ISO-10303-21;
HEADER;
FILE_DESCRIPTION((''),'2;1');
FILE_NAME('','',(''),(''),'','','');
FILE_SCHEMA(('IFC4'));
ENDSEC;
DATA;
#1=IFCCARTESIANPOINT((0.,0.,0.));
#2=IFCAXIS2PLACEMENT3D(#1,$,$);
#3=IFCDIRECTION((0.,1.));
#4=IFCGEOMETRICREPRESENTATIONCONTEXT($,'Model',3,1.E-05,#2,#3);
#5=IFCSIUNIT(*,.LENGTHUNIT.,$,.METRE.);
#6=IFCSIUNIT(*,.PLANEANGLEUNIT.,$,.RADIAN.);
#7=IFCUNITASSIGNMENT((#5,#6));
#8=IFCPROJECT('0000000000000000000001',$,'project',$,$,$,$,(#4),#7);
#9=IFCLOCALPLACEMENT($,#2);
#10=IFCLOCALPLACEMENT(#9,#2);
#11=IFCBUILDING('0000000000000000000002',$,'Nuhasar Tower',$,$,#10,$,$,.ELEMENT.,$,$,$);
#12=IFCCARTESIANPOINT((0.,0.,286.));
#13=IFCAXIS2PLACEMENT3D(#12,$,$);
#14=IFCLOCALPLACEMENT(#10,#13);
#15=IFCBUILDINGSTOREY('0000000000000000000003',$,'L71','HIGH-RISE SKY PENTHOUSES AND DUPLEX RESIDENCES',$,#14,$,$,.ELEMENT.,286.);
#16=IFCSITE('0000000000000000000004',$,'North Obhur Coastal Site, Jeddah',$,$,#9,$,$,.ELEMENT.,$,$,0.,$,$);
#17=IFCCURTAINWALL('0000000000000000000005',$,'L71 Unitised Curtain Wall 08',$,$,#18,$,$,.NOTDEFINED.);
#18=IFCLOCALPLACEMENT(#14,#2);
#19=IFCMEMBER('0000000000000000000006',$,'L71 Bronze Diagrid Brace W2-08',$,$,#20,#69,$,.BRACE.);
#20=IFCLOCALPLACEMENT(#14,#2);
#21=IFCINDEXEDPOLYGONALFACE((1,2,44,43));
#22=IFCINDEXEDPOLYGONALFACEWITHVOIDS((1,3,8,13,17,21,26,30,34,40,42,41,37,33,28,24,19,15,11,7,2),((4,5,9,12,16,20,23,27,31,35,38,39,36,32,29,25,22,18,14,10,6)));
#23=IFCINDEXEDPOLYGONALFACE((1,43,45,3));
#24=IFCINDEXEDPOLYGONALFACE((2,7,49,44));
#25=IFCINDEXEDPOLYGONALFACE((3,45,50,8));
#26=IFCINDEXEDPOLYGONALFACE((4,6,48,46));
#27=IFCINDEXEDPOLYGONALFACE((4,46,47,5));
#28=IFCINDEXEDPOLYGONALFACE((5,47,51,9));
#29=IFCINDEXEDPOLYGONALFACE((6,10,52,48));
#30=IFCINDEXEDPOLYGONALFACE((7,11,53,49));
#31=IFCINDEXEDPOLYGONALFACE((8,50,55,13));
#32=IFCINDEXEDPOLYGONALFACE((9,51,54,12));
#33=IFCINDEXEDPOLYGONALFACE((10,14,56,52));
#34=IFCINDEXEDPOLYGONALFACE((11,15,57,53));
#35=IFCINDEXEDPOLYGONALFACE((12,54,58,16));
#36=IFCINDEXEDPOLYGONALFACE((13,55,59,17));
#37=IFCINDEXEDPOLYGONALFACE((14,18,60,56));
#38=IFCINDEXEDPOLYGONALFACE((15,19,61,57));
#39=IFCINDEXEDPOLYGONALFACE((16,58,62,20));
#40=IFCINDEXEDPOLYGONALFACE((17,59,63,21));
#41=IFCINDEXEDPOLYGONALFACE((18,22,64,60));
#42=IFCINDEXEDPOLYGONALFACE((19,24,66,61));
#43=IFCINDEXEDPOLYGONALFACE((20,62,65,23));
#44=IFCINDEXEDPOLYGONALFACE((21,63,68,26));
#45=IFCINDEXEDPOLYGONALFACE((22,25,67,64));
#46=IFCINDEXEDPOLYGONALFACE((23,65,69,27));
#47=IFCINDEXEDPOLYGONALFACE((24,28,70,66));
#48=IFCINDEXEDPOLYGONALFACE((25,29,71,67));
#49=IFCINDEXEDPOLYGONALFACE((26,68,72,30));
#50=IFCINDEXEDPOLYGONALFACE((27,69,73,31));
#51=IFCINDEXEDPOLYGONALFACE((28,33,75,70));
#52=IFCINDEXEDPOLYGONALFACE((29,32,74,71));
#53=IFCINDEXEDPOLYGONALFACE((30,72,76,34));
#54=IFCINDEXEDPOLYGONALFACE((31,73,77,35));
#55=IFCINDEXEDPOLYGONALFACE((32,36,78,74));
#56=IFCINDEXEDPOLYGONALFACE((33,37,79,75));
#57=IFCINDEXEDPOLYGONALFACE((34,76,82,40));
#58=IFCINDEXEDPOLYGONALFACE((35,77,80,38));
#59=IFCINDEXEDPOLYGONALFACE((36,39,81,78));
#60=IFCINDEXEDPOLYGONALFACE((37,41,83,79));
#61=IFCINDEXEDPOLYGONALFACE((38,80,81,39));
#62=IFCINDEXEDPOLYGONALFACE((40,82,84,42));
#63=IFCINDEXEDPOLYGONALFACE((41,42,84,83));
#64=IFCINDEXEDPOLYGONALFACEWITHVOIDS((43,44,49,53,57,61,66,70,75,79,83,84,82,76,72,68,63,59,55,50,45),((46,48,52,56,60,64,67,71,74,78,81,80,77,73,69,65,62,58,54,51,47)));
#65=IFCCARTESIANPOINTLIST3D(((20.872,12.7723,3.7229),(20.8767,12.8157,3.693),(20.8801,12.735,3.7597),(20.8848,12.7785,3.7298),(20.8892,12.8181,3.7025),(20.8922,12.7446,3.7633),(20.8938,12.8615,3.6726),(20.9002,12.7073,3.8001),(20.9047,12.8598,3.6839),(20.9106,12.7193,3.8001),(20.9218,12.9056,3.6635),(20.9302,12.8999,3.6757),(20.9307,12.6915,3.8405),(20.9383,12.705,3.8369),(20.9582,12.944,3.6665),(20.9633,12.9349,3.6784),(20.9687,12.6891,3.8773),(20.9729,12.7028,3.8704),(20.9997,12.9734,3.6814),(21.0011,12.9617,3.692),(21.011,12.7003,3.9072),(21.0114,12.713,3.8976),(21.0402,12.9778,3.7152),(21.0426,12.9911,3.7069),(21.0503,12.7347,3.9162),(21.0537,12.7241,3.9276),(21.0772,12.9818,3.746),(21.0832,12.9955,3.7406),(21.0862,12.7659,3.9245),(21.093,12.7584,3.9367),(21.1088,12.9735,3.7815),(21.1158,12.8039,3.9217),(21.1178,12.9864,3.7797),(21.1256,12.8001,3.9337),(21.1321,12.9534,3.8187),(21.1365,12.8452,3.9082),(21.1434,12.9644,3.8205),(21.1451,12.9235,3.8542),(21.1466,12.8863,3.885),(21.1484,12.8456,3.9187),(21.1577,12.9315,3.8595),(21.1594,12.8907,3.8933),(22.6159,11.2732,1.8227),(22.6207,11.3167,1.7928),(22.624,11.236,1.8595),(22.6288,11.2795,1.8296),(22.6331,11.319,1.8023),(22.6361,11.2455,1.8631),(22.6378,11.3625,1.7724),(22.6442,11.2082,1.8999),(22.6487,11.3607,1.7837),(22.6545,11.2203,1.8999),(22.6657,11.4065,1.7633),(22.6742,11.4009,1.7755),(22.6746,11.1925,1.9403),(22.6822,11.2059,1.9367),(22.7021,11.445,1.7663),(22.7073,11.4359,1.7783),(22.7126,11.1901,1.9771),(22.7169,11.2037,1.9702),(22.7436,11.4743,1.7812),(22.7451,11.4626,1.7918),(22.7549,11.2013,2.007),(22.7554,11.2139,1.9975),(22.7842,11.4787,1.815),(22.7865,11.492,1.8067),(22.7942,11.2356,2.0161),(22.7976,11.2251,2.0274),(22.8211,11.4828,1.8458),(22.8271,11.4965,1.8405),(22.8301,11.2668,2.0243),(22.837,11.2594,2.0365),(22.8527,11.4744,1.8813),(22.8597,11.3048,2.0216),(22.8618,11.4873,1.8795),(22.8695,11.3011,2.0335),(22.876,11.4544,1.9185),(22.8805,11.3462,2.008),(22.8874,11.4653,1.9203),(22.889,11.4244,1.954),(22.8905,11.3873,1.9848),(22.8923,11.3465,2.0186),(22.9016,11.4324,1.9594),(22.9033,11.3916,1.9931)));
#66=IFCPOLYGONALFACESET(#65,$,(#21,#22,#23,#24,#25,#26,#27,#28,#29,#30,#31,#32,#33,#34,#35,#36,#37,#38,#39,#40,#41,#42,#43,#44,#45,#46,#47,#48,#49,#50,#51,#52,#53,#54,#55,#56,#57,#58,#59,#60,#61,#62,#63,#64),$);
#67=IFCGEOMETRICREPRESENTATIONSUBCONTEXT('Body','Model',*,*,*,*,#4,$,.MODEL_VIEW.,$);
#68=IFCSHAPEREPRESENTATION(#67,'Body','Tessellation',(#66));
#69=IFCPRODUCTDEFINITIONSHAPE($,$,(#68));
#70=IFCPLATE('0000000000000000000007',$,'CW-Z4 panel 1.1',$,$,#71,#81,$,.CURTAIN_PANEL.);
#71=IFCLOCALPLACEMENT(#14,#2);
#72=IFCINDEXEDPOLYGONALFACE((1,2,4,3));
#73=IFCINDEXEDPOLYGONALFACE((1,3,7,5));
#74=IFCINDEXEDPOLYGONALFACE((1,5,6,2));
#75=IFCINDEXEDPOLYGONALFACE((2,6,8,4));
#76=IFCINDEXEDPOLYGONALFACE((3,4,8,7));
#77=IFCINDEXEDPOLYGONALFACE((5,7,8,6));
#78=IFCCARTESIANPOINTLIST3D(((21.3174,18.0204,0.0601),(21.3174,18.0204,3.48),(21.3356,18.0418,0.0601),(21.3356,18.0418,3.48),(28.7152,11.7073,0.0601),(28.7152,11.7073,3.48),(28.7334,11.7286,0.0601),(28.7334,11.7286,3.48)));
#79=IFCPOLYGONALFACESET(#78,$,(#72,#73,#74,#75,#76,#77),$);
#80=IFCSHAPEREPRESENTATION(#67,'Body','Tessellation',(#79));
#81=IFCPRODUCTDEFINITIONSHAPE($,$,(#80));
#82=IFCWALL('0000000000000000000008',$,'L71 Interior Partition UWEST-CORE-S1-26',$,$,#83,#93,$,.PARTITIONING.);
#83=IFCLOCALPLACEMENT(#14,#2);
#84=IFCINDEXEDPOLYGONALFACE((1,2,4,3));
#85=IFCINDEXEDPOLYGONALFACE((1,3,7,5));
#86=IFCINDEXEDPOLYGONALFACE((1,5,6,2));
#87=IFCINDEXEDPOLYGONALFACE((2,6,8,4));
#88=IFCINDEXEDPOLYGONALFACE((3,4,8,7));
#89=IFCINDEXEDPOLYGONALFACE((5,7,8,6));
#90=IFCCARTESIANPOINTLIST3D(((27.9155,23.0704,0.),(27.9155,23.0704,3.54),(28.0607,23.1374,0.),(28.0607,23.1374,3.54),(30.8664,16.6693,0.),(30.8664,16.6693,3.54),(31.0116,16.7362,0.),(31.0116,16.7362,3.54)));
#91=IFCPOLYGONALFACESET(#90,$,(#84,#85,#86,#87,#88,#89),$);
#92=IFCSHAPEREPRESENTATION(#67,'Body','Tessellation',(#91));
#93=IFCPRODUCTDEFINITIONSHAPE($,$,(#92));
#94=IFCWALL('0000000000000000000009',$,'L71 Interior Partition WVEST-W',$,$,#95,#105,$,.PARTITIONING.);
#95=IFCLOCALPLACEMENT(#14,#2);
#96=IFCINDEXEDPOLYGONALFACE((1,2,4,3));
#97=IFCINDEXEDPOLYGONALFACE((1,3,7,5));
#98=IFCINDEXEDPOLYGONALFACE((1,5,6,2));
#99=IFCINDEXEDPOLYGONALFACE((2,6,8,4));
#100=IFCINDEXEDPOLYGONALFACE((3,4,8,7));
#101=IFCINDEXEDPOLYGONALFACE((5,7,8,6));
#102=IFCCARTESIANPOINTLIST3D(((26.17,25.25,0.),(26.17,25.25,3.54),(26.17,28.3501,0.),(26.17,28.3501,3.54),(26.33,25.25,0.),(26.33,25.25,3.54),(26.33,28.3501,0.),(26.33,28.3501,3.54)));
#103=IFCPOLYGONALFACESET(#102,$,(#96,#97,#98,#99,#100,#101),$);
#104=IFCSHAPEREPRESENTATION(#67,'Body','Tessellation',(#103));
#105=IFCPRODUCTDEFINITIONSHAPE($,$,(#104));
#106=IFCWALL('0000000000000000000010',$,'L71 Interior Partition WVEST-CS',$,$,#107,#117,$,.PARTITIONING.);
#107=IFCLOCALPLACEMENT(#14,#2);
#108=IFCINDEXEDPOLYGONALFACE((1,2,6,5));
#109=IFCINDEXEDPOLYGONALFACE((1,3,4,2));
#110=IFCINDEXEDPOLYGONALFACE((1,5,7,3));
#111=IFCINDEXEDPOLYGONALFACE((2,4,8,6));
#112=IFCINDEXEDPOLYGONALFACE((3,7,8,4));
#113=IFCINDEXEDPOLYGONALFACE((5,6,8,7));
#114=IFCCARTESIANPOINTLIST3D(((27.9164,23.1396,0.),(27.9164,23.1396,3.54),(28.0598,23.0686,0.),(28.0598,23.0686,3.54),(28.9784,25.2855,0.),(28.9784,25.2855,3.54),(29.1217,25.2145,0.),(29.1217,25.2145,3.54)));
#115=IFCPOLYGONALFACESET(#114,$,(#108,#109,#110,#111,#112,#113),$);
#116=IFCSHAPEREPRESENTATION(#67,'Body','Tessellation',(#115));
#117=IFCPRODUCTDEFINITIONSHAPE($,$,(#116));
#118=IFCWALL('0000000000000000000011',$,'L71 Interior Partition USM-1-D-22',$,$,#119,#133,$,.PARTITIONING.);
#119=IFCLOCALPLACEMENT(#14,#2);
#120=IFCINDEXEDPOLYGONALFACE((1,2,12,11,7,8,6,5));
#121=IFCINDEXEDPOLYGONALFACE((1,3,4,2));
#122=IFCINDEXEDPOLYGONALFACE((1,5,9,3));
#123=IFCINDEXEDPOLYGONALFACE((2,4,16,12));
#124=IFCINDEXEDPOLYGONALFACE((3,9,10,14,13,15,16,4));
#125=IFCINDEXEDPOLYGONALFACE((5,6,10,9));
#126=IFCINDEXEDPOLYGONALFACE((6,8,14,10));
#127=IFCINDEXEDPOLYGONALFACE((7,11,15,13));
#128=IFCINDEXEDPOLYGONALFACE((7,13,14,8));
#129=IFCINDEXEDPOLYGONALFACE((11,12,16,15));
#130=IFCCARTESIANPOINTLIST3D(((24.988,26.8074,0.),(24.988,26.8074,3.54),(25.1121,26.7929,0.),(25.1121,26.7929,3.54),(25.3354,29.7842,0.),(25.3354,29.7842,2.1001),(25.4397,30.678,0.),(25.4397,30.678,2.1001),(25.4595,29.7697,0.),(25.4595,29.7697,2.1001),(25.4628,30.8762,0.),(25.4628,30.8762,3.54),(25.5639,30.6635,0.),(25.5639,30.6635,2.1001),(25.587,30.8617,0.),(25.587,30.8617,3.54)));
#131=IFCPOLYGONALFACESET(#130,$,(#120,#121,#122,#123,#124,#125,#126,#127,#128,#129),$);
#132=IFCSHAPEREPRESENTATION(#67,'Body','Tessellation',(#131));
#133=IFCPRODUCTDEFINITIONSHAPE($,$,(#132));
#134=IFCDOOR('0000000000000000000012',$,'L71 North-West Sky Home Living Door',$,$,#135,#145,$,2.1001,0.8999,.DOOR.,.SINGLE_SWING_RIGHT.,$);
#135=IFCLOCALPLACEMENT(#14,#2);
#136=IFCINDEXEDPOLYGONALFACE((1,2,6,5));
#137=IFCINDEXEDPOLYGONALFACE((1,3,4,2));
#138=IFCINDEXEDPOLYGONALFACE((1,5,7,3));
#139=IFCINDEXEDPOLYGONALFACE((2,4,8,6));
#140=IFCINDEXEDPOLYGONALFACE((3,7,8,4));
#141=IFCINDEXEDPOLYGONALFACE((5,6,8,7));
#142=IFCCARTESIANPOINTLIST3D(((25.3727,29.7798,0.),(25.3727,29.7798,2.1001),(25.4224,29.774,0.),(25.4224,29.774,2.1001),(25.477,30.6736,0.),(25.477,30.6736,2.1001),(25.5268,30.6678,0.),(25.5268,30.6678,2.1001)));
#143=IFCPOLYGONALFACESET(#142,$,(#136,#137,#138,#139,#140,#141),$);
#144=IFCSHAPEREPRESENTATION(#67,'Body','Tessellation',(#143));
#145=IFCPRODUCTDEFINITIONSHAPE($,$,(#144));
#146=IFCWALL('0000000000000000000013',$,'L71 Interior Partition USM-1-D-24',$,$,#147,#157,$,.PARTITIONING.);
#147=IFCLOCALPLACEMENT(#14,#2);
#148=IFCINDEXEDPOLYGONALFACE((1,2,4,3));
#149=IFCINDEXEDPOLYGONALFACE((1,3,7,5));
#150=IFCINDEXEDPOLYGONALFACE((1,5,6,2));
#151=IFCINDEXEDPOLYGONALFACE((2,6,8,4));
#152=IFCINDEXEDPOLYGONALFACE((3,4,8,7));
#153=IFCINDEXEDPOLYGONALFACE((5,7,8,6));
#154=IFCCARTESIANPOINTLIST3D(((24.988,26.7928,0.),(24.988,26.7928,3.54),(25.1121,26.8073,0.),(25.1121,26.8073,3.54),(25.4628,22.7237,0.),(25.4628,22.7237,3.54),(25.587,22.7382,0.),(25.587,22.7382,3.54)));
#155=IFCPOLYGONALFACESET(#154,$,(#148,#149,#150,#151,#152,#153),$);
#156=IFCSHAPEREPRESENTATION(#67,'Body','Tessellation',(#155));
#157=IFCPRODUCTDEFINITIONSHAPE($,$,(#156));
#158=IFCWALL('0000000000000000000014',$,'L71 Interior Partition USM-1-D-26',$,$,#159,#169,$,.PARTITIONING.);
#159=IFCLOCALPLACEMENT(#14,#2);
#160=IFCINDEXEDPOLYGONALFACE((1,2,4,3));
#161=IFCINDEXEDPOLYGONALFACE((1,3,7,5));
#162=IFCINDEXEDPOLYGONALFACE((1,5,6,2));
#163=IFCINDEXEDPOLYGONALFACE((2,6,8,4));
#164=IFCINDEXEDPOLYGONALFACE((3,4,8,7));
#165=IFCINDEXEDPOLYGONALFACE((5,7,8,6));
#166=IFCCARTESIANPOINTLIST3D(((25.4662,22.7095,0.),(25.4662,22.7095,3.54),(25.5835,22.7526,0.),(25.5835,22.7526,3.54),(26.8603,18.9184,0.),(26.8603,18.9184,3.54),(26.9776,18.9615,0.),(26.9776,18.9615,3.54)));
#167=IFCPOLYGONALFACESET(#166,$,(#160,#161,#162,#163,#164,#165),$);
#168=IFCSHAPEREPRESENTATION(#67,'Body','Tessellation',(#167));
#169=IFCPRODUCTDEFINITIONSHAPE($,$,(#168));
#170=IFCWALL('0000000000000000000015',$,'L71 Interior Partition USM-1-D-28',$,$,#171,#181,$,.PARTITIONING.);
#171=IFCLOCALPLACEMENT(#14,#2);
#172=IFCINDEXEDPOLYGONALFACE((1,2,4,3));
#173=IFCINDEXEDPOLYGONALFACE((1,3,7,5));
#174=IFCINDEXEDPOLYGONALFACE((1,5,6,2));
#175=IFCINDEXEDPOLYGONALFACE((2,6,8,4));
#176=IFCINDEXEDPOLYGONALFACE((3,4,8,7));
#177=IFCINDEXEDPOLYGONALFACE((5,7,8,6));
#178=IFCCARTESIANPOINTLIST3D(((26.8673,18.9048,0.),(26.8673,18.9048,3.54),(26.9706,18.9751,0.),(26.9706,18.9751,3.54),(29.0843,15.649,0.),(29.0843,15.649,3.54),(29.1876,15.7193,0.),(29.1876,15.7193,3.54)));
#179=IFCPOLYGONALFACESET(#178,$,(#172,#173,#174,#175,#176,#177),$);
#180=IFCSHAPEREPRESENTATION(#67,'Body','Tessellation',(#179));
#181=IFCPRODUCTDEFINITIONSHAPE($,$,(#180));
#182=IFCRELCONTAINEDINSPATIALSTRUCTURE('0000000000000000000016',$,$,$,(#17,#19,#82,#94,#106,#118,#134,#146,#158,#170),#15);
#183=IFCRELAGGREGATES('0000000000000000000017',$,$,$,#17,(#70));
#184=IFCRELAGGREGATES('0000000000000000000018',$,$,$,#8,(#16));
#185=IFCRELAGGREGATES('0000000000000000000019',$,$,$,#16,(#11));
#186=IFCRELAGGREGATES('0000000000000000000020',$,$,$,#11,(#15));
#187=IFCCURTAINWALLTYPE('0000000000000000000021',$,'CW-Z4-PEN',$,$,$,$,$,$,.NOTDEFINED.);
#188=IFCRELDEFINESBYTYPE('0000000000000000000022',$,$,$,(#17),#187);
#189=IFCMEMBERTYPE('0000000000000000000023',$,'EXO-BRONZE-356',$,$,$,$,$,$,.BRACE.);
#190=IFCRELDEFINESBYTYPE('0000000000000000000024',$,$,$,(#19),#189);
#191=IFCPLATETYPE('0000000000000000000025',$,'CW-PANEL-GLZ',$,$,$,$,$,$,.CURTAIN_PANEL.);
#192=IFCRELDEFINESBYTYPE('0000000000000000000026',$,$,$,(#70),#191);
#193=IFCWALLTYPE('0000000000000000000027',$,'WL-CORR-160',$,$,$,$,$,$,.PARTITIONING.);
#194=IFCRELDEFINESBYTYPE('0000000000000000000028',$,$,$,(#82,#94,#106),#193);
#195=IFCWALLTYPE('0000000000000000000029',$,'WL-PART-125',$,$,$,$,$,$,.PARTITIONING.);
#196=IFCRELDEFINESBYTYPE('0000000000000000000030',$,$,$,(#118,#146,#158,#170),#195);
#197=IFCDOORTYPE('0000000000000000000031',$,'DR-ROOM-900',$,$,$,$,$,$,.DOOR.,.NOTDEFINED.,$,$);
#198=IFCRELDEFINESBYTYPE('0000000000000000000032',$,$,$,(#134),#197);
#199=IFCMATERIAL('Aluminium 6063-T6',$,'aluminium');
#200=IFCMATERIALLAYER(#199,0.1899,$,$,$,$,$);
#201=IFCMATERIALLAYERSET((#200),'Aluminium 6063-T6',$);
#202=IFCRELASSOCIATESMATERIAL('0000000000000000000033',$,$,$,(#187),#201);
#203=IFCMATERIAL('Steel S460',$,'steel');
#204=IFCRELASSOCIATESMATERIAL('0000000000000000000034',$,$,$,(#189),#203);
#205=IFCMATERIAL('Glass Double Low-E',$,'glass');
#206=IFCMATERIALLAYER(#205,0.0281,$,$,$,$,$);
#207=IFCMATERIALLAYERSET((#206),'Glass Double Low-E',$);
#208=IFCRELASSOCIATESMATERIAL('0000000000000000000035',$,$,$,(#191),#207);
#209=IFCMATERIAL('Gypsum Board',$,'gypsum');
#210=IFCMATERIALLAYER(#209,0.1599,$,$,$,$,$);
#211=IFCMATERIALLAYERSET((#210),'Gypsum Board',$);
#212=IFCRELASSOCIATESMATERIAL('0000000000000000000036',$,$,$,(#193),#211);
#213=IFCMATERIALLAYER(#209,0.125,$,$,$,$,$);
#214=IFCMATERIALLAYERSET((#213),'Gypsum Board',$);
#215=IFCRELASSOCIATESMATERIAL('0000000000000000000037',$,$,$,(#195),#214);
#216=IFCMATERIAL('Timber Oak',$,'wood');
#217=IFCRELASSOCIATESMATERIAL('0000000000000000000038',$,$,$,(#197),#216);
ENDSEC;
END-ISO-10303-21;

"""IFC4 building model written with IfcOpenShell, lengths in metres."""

from ifc_helpers import new_model, si_unit, direction, frame, frame_2d, origin, origin_2d, place, context, subcontext, project, spatial, rectangle, hollow_circle, extrude, material, layer, layer_set, material_profile, profile_set, type_object, element, fill, aggregate, save


model = new_model("IFC4")

# Units and contexts
model_context = context("Model", 3, precision=1e-05, world=origin(), true_north=direction((0.0, 1.0)))
body_context = subcontext(model_context, "Body", "Model", "MODEL_VIEW")
ifc_project = project(units=[si_unit("LENGTHUNIT", "METRE"), si_unit("PLANEANGLEUNIT", "RADIAN")], contexts=[model_context])

# Site, building, storey
site_placement = place(None, origin())
site = spatial("IfcSite", under=ifc_project, at=site_placement, Name="North Obhur Coastal Site, Jeddah", CompositionType="ELEMENT", RefElevation=0.0)
building_placement = place(site_placement, origin())
building = spatial("IfcBuilding", under=site, at=building_placement, Name="Nuhasar Tower", CompositionType="ELEMENT")
storey_placement = place(building_placement, frame((0.0, 0.0, 286.0)))
storey = spatial("IfcBuildingStorey", under=building, at=storey_placement, Name="L71", Description="HIGH-RISE SKY PENTHOUSES AND DUPLEX RESIDENCES", CompositionType="ELEMENT", Elevation=286.0)

# Curtain wall
ifc_material_1 = material(Name="Aluminium 6063-T6", Category="aluminium")
ifc_layer_1 = layer(ifc_material_1, 0.1899)
ifc_layer_set_1 = layer_set([ifc_layer_1], Name="Aluminium 6063-T6")
curtain_wall_type = type_object("IfcCurtainWallType", Name="CW-Z4-PEN", PredefinedType="NOTDEFINED", material=ifc_layer_set_1)
curtain_wall_1_placement = place(storey_placement, origin())
curtain_wall_1 = element("IfcCurtainWall", 1, at=curtain_wall_1_placement, inside=storey, type_object=curtain_wall_type, Name="L71 Unitised Curtain Wall 08", PredefinedType="NOTDEFINED")

# Member
ifc_material_2 = material(Name="Steel S460", Category="steel")
ifc_material_profile_1 = material_profile(ifc_material_2, hollow_circle(Radius=0.1777, WallThickness=0.0159, at=origin_2d()), Name="HSS355.6X15.9")
ifc_profile_set_1 = profile_set([ifc_material_profile_1], Name="Steel S460")
member_type_1 = type_object("IfcMemberType", Name="EXO-BRONZE-356", PredefinedType="BRACE", material=ifc_profile_set_1)
member_1_placement = place(storey_placement, frame((22.76, 11.343, 1.8999), z_axis=(-0.584595, 0.502508, 0.636973), x_axis=(-0.651857, -0.758342, 0.0)))
element("IfcMember", 2, at=member_1_placement, inside=storey, type_object=member_type_1, Name="L71 Bronze Diagrid Brace W2-08", PredefinedType="BRACE", context=body_context, shape_type="SweptSolid", body=[
    extrude(hollow_circle(Radius=0.1777, WallThickness=0.0159, at=origin_2d()), origin(), (0.0, 0.0, 1.0), 2.9832),
])

# Plate
ifc_material_3 = material(Name="Glass Double Low-E", Category="glass")
ifc_layer_2 = layer(ifc_material_3, 0.0281)
ifc_layer_set_2 = layer_set([ifc_layer_2], Name="Glass Double Low-E")
plate_type = type_object("IfcPlateType", Name="CW-PANEL-GLZ", PredefinedType="CURTAIN_PANEL", material=ifc_layer_set_2)
plate_placement = place(storey_placement, frame((25.0254, 14.8745, 0.0601), z_axis=(0.0, 0.0, 1.0), x_axis=(0.760667, -0.649142, 0.0)))
plate = element("IfcPlate", 3, at=plate_placement, type_object=plate_type, Name="CW-Z4 panel 1.1", PredefinedType="CURTAIN_PANEL", context=body_context, shape_type="SweptSolid", body=[
    extrude(rectangle(XDim=9.7253, YDim=0.0281, at=origin_2d()), origin(), (0.0, 0.0, 1.0), 3.4199),
])
aggregate(curtain_wall_1, [plate])

# Wall
ifc_material_4 = material(Name="Gypsum Board", Category="gypsum")
ifc_layer_3 = layer(ifc_material_4, 0.1599)
ifc_layer_set_3 = layer_set([ifc_layer_3], Name="Gypsum Board")
wall_type_1 = type_object("IfcWallType", Name="WL-CORR-160", PredefinedType="PARTITIONING", material=ifc_layer_set_3)
wall_1_placement = place(storey_placement, frame((27.988, 23.104, 0.0), z_axis=(0.0, 0.0, 1.0), x_axis=(0.418656, -0.908145, 0.0)))
element("IfcWall", 4, at=wall_1_placement, inside=storey, type_object=wall_type_1, Name="L71 Interior Partition UWEST-CORE-S1-26", PredefinedType="PARTITIONING", context=body_context, shape_type="SweptSolid", body=[
    extrude(rectangle(XDim=7.0486, YDim=0.1599, at=frame_2d((3.5244, 0.0))), origin(), (0.0, 0.0, 1.0), 3.54),
])

# Shared definitions
ifc_material_5 = material(Name="Timber Oak", Category="wood")

# Walls
wall_2_placement = place(storey_placement, frame((26.25, 25.25, 0.0), z_axis=(0.0, 0.0, 1.0), x_axis=(0.0, 1.0, 0.0)))
element("IfcWall", 5, at=wall_2_placement, inside=storey, type_object=wall_type_1, Name="L71 Interior Partition WVEST-W", PredefinedType="PARTITIONING", context=body_context, shape_type="SweptSolid", body=[
    extrude(rectangle(XDim=3.1001, YDim=0.1599, at=frame_2d((1.55, 0.0))), origin(), (0.0, 0.0, 1.0), 3.54),
])
wall_3_placement = place(storey_placement, frame((27.988, 23.104, 0.0), z_axis=(0.0, 0.0, 1.0), x_axis=(0.443539, 0.896255, 0.0)))
element("IfcWall", 6, at=wall_3_placement, inside=storey, type_object=wall_type_1, Name="L71 Interior Partition WVEST-CS", PredefinedType="PARTITIONING", context=body_context, shape_type="SweptSolid", body=[
    extrude(rectangle(XDim=2.3943, YDim=0.1599, at=frame_2d((1.1973, 0.0))), origin(), (0.0, 0.0, 1.0), 3.54),
])

# Wall, opening, door
ifc_layer_4 = layer(ifc_material_4, 0.125)
ifc_layer_set_4 = layer_set([ifc_layer_4], Name="Gypsum Board")
wall_type_2 = type_object("IfcWallType", Name="WL-PART-125", PredefinedType="PARTITIONING", material=ifc_layer_set_4)
wall_4_placement = place(storey_placement, frame((25.05, 26.8, 0.0), z_axis=(0.0, 0.0, 1.0), x_axis=(0.115918, 0.993259, 0.0)))
wall_4 = element("IfcWall", 7, at=wall_4_placement, inside=storey, type_object=wall_type_2, Name="L71 Interior Partition USM-1-D-22", PredefinedType="PARTITIONING", context=body_context, shape_type="SweptSolid", body=[
    extrude(rectangle(XDim=4.0964, YDim=0.125, at=frame_2d((2.0483, 0.0))), origin(), (0.0, 0.0, 1.0), 3.54),
])
opening_1_placement = place(wall_4_placement, frame((2.9971, 0.0, 0.0)))
opening_1 = element("IfcOpeningElement", 8, at=opening_1_placement, cuts=wall_4, PredefinedType="OPENING", context=body_context, shape_type="SweptSolid", body=[
    extrude(rectangle(XDim=0.8999, YDim=2.1001, at=frame_2d((0.45, 1.05))), frame((0.0, 0.0725, 0.0), z_axis=(0.0, -1.0, 0.0), x_axis=(1.0, 0.0, 0.0)), (0.0, 0.0, 1.0), 0.145),
])
door_type_1 = type_object("IfcDoorType", Name="DR-ROOM-900", OperationType="NOTDEFINED", PredefinedType="DOOR", material=ifc_material_5)
door_1_placement = place(opening_1_placement, origin())
door_1 = element("IfcDoor", 9, at=door_1_placement, inside=storey, type_object=door_type_1, Name="L71 North-West Sky Home Living Door", OperationType="SINGLE_SWING_RIGHT", OverallHeight=2.1001, OverallWidth=0.8999, PredefinedType="DOOR", context=body_context, shape_type="SweptSolid", body=[
    extrude(rectangle(XDim=0.8999, YDim=2.1001, at=frame_2d((0.45, 1.05))), frame((0.0, 0.0249, 0.0), z_axis=(0.0, -1.0, 0.0), x_axis=(1.0, 0.0, 0.0)), (0.0, 0.0, 1.0), 0.05),
])
fill(opening_1, door_1)

# Walls
wall_5_placement = place(storey_placement, frame((25.05, 26.8, 0.0), z_axis=(0.0, 0.0, 1.0), x_axis=(0.115911, -0.99326, 0.0)))
element("IfcWall", 10, at=wall_5_placement, inside=storey, type_object=wall_type_2, Name="L71 Interior Partition USM-1-D-24", PredefinedType="PARTITIONING", context=body_context, shape_type="SweptSolid", body=[
    extrude(rectangle(XDim=4.0967, YDim=0.125, at=frame_2d((2.0483, 0.0))), origin(), (0.0, 0.0, 1.0), 3.54),
])
wall_6_placement = place(storey_placement, frame((25.5249, 22.731, 0.0), z_axis=(0.0, 0.0, 1.0), x_axis=(0.345128, -0.938556, 0.0)))
element("IfcWall", 11, at=wall_6_placement, inside=storey, type_object=wall_type_2, Name="L71 Interior Partition USM-1-D-26", PredefinedType="PARTITIONING", context=body_context, shape_type="SweptSolid", body=[
    extrude(rectangle(XDim=4.0393, YDim=0.125, at=frame_2d((2.0195, 0.0))), origin(), (0.0, 0.0, 1.0), 3.54),
])
wall_7_placement = place(storey_placement, frame((26.9189, 18.9399, 0.0), z_axis=(0.0, 0.0, 1.0), x_axis=(0.562841, -0.826566, 0.0)))
element("IfcWall", 12, at=wall_7_placement, inside=storey, type_object=wall_type_2, Name="L71 Interior Partition USM-1-D-28", PredefinedType="PARTITIONING", context=body_context, shape_type="SweptSolid", body=[
    extrude(rectangle(XDim=3.939, YDim=0.125, at=frame_2d((1.9695, 0.0))), origin(), (0.0, 0.0, 1.0), 3.54),
])

save(model, "model.ifc")
